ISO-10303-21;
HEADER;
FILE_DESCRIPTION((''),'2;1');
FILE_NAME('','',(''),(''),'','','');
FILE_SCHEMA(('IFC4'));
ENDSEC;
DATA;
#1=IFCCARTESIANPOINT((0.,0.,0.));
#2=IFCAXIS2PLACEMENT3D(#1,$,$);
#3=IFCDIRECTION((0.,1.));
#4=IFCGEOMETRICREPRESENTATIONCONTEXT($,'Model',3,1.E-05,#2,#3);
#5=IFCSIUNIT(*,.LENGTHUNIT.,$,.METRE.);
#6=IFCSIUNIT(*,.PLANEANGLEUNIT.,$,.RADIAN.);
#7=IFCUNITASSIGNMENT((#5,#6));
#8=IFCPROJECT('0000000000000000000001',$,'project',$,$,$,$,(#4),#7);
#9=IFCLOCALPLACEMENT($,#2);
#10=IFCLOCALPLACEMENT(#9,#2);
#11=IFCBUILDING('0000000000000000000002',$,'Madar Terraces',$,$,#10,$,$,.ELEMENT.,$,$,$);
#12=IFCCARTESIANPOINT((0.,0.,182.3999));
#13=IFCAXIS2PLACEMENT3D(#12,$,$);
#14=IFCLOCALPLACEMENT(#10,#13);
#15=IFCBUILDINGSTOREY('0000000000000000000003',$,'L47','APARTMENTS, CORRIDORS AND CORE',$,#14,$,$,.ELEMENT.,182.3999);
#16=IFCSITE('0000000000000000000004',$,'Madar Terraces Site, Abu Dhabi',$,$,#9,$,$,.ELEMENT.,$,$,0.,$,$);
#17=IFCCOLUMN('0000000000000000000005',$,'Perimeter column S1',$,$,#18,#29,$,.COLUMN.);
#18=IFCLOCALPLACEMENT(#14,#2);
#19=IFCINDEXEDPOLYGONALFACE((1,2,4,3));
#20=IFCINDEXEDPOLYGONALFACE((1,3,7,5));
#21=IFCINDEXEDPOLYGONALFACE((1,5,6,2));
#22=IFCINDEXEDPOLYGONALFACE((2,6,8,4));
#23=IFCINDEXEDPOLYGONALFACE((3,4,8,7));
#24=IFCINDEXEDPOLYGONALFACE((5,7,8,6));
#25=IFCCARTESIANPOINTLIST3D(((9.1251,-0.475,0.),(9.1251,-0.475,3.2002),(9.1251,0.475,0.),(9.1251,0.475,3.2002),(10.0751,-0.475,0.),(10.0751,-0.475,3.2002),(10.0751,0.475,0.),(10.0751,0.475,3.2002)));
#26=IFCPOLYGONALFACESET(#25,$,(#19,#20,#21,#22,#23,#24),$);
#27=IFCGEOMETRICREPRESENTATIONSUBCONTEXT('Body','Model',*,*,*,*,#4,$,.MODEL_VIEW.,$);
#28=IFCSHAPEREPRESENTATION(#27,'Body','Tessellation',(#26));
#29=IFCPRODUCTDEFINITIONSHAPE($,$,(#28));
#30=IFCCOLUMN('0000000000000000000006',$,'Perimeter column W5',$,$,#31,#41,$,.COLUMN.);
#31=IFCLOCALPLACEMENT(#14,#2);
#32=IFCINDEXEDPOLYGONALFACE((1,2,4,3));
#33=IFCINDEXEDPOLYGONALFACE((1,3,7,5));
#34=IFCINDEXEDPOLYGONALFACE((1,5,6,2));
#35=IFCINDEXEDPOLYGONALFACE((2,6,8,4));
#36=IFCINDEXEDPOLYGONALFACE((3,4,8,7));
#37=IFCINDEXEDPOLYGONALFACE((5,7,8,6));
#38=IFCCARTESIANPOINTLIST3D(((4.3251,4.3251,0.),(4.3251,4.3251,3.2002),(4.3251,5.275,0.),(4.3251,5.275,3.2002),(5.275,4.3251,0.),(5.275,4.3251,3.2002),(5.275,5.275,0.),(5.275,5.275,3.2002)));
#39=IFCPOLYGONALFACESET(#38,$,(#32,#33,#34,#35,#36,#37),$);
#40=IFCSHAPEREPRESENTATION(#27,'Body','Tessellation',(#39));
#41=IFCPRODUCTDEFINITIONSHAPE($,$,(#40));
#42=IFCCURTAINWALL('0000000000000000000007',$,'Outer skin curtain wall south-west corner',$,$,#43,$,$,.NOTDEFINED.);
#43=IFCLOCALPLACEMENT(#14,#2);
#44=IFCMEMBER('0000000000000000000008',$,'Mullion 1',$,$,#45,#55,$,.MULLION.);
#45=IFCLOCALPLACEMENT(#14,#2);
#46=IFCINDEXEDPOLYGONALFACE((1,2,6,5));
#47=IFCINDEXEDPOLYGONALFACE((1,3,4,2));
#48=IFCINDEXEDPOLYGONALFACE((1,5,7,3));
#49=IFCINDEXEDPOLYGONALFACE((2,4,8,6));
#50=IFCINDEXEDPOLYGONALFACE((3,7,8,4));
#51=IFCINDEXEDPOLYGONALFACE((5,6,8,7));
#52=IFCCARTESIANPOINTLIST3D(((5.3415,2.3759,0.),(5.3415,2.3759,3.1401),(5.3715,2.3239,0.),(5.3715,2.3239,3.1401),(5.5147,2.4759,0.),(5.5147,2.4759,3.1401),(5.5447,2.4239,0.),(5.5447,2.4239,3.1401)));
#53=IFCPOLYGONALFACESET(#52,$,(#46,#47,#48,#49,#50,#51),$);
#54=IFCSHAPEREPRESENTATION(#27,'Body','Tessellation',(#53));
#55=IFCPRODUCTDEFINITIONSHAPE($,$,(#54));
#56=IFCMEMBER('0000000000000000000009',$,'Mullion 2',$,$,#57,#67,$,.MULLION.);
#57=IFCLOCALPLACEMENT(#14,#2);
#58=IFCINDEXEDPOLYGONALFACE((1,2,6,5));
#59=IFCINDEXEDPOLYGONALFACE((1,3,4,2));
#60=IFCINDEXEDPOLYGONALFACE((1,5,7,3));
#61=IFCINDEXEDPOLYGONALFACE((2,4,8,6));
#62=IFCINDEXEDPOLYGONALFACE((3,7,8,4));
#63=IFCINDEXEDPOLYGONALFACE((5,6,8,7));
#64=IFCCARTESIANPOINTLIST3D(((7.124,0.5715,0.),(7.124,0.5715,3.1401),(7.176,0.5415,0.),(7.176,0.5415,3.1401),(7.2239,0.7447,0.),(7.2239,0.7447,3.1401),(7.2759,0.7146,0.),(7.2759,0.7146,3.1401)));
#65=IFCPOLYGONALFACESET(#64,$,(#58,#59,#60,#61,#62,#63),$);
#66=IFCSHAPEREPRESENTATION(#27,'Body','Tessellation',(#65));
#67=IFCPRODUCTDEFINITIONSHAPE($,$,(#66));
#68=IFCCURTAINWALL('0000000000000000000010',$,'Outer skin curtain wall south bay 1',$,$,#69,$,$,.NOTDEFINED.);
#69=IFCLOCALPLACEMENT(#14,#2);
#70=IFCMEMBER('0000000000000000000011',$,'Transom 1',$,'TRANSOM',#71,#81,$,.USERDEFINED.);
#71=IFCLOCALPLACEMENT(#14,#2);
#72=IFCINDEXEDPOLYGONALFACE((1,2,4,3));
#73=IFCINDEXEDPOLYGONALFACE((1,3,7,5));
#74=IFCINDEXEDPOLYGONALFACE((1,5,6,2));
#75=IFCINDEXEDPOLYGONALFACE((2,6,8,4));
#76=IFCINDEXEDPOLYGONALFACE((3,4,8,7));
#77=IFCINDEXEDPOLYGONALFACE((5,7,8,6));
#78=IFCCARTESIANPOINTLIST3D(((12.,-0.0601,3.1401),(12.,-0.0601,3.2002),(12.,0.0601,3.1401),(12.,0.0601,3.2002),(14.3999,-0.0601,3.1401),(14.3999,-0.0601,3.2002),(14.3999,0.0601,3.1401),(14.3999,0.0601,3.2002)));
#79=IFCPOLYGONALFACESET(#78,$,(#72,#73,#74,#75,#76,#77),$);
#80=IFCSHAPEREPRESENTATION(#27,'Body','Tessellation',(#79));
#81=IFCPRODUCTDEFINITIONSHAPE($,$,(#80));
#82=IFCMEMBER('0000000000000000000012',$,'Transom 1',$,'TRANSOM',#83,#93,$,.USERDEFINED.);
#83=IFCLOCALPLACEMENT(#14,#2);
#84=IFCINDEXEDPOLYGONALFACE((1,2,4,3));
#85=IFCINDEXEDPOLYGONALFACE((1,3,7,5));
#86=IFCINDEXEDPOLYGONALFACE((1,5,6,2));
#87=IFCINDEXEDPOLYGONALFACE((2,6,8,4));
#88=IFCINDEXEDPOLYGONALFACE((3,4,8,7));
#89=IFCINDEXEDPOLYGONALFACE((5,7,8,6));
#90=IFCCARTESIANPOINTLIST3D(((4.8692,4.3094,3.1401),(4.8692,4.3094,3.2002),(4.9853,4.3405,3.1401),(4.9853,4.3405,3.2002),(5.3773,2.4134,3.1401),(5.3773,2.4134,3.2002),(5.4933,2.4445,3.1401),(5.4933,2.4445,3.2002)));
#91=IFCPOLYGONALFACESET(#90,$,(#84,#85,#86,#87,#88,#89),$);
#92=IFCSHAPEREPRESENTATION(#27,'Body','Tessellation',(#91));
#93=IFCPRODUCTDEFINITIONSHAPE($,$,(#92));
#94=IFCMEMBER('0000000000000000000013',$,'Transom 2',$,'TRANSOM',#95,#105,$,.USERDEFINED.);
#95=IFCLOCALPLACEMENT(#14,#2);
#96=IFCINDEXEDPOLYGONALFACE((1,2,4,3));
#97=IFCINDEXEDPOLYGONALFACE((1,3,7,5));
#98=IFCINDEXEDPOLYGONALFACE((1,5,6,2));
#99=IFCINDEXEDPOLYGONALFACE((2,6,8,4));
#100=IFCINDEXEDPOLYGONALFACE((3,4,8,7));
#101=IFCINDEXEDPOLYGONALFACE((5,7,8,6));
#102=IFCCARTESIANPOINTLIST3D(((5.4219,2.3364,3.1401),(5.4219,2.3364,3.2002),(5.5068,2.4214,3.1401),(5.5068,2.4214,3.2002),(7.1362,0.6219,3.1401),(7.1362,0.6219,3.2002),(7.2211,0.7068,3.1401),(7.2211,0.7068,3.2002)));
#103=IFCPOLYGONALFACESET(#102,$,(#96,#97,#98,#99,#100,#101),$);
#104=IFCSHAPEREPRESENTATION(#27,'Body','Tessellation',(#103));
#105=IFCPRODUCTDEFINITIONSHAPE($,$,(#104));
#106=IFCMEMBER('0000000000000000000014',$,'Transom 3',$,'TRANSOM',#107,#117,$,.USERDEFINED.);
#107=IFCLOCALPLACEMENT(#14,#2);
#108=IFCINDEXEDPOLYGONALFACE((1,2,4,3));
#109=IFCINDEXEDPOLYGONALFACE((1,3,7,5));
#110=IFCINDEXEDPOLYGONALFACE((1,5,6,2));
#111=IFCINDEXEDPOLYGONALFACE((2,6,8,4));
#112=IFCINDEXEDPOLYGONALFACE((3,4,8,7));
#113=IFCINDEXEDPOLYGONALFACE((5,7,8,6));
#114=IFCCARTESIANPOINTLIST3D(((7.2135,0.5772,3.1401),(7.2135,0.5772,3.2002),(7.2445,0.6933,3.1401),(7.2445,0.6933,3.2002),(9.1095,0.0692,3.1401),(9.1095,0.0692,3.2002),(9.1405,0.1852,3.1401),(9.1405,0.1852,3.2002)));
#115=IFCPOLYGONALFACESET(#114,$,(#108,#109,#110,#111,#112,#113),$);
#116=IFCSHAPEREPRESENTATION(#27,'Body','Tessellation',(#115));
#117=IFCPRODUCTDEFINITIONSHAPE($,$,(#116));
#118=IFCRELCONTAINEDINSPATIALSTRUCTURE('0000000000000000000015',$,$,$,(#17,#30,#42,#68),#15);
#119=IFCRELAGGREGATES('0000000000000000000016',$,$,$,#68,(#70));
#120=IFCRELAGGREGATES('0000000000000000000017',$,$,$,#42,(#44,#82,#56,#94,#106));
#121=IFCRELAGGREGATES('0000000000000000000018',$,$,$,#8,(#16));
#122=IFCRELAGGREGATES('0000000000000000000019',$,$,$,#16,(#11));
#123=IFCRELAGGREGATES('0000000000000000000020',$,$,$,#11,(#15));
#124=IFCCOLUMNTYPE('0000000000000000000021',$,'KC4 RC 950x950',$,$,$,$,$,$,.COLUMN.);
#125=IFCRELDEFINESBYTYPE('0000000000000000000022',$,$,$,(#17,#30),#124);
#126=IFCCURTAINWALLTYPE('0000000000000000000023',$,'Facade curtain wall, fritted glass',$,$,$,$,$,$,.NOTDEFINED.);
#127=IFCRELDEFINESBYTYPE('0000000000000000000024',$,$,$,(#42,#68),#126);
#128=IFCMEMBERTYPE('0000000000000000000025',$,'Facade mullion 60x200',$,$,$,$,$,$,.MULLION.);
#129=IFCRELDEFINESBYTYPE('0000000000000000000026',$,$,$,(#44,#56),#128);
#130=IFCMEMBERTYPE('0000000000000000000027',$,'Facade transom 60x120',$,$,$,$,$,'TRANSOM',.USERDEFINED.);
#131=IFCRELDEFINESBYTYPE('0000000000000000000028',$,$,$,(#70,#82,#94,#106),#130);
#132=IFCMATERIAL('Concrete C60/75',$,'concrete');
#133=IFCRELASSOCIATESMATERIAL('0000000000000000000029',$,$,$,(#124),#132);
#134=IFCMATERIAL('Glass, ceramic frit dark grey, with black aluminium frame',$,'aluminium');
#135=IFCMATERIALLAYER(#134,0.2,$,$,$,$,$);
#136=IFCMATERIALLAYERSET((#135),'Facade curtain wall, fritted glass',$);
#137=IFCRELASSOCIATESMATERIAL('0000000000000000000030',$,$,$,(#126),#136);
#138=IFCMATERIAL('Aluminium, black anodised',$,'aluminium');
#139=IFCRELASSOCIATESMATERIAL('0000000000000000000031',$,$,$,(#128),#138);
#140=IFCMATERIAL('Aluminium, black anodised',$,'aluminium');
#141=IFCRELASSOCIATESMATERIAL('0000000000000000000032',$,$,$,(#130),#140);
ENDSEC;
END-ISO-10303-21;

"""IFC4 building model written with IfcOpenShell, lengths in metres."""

from ifc_helpers import new_model, si_unit, direction, frame, origin, origin_2d, place, context, subcontext, project, spatial, rectangle, extrude, material, layer, layer_set, material_profile, profile_set, type_object, element, aggregate, save


model = new_model("IFC4")

# Units and contexts
model_context = context("Model", 3, precision=1e-05, world=origin(), true_north=direction((0.0, 1.0)))
body_context = subcontext(model_context, "Body", "Model", "MODEL_VIEW")
ifc_project = project(units=[si_unit("LENGTHUNIT", "METRE"), si_unit("PLANEANGLEUNIT", "RADIAN")], contexts=[model_context])

# Site, building, storey
site_placement = place(None, origin())
site = spatial("IfcSite", under=ifc_project, at=site_placement, Name="Madar Terraces Site, Abu Dhabi", CompositionType="ELEMENT", RefElevation=0.0)
building_placement = place(site_placement, origin())
building = spatial("IfcBuilding", under=site, at=building_placement, Name="Madar Terraces", CompositionType="ELEMENT")
storey_placement = place(building_placement, frame((0.0, 0.0, 182.3999)))
storey = spatial("IfcBuildingStorey", under=building, at=storey_placement, Name="L47", Description="APARTMENTS, CORRIDORS AND CORE", CompositionType="ELEMENT", Elevation=182.3999)

# Columns
ifc_material_1 = material(Name="Concrete C60/75", Category="concrete")
ifc_material_profile_1 = material_profile(ifc_material_1, rectangle(XDim=0.95, YDim=0.95, at=origin_2d()), Name="KC4 RC 950x950")
ifc_profile_set_1 = profile_set([ifc_material_profile_1], Name="Concrete C60/75")
column_type = type_object("IfcColumnType", Name="KC4 RC 950x950", PredefinedType="COLUMN", material=ifc_profile_set_1)
for number, where, z_axis, x_axis, name in (
    (1, (9.6001, 0.0, 0.0), (0.0, 0.0, 1.0), (1.0, 0.0, 0.0), "Perimeter column S1"),
    (2, (4.8, 4.8, 0.0), (0.0, 0.0, 1.0), (1.0, 0.0, 0.0), "Perimeter column W5"),
):
    element("IfcColumn", number, at=place(storey_placement, frame(where, z_axis=z_axis, x_axis=x_axis)), inside=storey, type_object=column_type, Name=name, PredefinedType="COLUMN", context=body_context, shape_type="SweptSolid", body=[
        extrude(rectangle(XDim=0.95, YDim=0.95, at=origin_2d()), origin(), (0.0, 0.0, 1.0), 3.2002),
    ])

# Curtain wall, members
ifc_material_2 = material(Name="Glass, ceramic frit dark grey, with black aluminium frame", Category="aluminium")
ifc_layer_1 = layer(ifc_material_2, 0.2)
ifc_layer_set_1 = layer_set([ifc_layer_1], Name="Facade curtain wall, fritted glass")
curtain_wall_type = type_object("IfcCurtainWallType", Name="Facade curtain wall, fritted glass", PredefinedType="NOTDEFINED", material=ifc_layer_set_1)
curtain_wall_1_placement = place(storey_placement, origin())
curtain_wall_1 = element("IfcCurtainWall", 3, at=curtain_wall_1_placement, inside=storey, type_object=curtain_wall_type, Name="Outer skin curtain wall south-west corner", PredefinedType="NOTDEFINED")
ifc_material_3 = material(Name="Aluminium, black anodised", Category="aluminium")
ifc_material_profile_2 = material_profile(ifc_material_3, rectangle(XDim=0.2, YDim=0.0601, at=origin_2d()), Name="Facade mullion 60x200")
ifc_profile_set_2 = profile_set([ifc_material_profile_2], Name="Aluminium, black anodised")
member_type_1 = type_object("IfcMemberType", Name="Facade mullion 60x200", PredefinedType="MULLION", material=ifc_profile_set_2)
member_1_placement = place(storey_placement, frame((5.4431, 2.3999, 0.0), z_axis=(0.0, 0.0, 1.0), x_axis=(0.866025, 0.5, 0.0)))
member_1 = element("IfcMember", 4, at=member_1_placement, type_object=member_type_1, Name="Mullion 1", PredefinedType="MULLION", context=body_context, shape_type="SweptSolid", body=[
    extrude(rectangle(XDim=0.2, YDim=0.0601, at=origin_2d()), origin(), (0.0, 0.0, 1.0), 3.1401),
])
member_2_placement = place(storey_placement, frame((7.2, 0.6431, 0.0), z_axis=(0.0, 0.0, 1.0), x_axis=(0.5, 0.866025, 0.0)))
member_2 = element("IfcMember", 5, at=member_2_placement, type_object=member_type_1, Name="Mullion 2", PredefinedType="MULLION", context=body_context, shape_type="SweptSolid", body=[
    extrude(rectangle(XDim=0.2, YDim=0.0601, at=origin_2d()), origin(), (0.0, 0.0, 1.0), 3.1401),
])

# Curtain wall, member
curtain_wall_2_placement = place(storey_placement, origin())
curtain_wall_2 = element("IfcCurtainWall", 6, at=curtain_wall_2_placement, inside=storey, type_object=curtain_wall_type, Name="Outer skin curtain wall south bay 1", PredefinedType="NOTDEFINED")
ifc_material_4 = material(Name="Aluminium, black anodised", Category="aluminium")
ifc_material_profile_3 = material_profile(ifc_material_4, rectangle(XDim=0.1201, YDim=0.0601, at=origin_2d()), Name="Facade transom 60x120")
ifc_profile_set_3 = profile_set([ifc_material_profile_3], Name="Aluminium, black anodised")
member_type_2 = type_object("IfcMemberType", Name="Facade transom 60x120", ElementType="TRANSOM", PredefinedType="USERDEFINED", material=ifc_profile_set_3)
member_3_placement = place(storey_placement, frame((12.0, 0.0, 3.1702), z_axis=(1.0, 0.0, 0.0), x_axis=(0.0, 1.0, 0.0)))
member_3 = element("IfcMember", 7, at=member_3_placement, type_object=member_type_2, Name="Transom 1", ObjectType="TRANSOM", PredefinedType="USERDEFINED", context=body_context, shape_type="SweptSolid", body=[
    extrude(rectangle(XDim=0.1201, YDim=0.0601, at=origin_2d()), origin(), (0.0, 0.0, 1.0), 2.3999),
])

# Members
member_4_placement = place(storey_placement, frame((4.9272, 4.325, 3.1702), z_axis=(0.258831, -0.965923, 0.0), x_axis=(0.965923, 0.258831, 0.0)))
member_4 = element("IfcMember", 8, at=member_4_placement, type_object=member_type_2, Name="Transom 1", ObjectType="TRANSOM", PredefinedType="USERDEFINED", context=body_context, shape_type="SweptSolid", body=[
    extrude(rectangle(XDim=0.1201, YDim=0.0601, at=origin_2d()), origin(), (0.0, 0.0, 1.0), 1.9629),
])
member_5_placement = place(storey_placement, frame((5.4644, 2.3789, 3.1702), z_axis=(0.707056, -0.707157, 0.0), x_axis=(0.707157, 0.707056, 0.0)))
member_5 = element("IfcMember", 9, at=member_5_placement, type_object=member_type_2, Name="Transom 2", ObjectType="TRANSOM", PredefinedType="USERDEFINED", context=body_context, shape_type="SweptSolid", body=[
    extrude(rectangle(XDim=0.1201, YDim=0.0601, at=origin_2d()), origin(), (0.0, 0.0, 1.0), 2.4246),
])
member_6_placement = place(storey_placement, frame((7.229, 0.6353, 3.1702), z_axis=(0.965923, -0.258831, 0.0), x_axis=(0.258831, 0.965923, 0.0)))
member_6 = element("IfcMember", 10, at=member_6_placement, type_object=member_type_2, Name="Transom 3", ObjectType="TRANSOM", PredefinedType="USERDEFINED", context=body_context, shape_type="SweptSolid", body=[
    extrude(rectangle(XDim=0.1201, YDim=0.0601, at=origin_2d()), origin(), (0.0, 0.0, 1.0), 1.9629),
])

aggregate(curtain_wall_2, [member_3])
aggregate(curtain_wall_1, [member_1, member_4, member_2, member_5, member_6])

save(model, "model.ifc")
